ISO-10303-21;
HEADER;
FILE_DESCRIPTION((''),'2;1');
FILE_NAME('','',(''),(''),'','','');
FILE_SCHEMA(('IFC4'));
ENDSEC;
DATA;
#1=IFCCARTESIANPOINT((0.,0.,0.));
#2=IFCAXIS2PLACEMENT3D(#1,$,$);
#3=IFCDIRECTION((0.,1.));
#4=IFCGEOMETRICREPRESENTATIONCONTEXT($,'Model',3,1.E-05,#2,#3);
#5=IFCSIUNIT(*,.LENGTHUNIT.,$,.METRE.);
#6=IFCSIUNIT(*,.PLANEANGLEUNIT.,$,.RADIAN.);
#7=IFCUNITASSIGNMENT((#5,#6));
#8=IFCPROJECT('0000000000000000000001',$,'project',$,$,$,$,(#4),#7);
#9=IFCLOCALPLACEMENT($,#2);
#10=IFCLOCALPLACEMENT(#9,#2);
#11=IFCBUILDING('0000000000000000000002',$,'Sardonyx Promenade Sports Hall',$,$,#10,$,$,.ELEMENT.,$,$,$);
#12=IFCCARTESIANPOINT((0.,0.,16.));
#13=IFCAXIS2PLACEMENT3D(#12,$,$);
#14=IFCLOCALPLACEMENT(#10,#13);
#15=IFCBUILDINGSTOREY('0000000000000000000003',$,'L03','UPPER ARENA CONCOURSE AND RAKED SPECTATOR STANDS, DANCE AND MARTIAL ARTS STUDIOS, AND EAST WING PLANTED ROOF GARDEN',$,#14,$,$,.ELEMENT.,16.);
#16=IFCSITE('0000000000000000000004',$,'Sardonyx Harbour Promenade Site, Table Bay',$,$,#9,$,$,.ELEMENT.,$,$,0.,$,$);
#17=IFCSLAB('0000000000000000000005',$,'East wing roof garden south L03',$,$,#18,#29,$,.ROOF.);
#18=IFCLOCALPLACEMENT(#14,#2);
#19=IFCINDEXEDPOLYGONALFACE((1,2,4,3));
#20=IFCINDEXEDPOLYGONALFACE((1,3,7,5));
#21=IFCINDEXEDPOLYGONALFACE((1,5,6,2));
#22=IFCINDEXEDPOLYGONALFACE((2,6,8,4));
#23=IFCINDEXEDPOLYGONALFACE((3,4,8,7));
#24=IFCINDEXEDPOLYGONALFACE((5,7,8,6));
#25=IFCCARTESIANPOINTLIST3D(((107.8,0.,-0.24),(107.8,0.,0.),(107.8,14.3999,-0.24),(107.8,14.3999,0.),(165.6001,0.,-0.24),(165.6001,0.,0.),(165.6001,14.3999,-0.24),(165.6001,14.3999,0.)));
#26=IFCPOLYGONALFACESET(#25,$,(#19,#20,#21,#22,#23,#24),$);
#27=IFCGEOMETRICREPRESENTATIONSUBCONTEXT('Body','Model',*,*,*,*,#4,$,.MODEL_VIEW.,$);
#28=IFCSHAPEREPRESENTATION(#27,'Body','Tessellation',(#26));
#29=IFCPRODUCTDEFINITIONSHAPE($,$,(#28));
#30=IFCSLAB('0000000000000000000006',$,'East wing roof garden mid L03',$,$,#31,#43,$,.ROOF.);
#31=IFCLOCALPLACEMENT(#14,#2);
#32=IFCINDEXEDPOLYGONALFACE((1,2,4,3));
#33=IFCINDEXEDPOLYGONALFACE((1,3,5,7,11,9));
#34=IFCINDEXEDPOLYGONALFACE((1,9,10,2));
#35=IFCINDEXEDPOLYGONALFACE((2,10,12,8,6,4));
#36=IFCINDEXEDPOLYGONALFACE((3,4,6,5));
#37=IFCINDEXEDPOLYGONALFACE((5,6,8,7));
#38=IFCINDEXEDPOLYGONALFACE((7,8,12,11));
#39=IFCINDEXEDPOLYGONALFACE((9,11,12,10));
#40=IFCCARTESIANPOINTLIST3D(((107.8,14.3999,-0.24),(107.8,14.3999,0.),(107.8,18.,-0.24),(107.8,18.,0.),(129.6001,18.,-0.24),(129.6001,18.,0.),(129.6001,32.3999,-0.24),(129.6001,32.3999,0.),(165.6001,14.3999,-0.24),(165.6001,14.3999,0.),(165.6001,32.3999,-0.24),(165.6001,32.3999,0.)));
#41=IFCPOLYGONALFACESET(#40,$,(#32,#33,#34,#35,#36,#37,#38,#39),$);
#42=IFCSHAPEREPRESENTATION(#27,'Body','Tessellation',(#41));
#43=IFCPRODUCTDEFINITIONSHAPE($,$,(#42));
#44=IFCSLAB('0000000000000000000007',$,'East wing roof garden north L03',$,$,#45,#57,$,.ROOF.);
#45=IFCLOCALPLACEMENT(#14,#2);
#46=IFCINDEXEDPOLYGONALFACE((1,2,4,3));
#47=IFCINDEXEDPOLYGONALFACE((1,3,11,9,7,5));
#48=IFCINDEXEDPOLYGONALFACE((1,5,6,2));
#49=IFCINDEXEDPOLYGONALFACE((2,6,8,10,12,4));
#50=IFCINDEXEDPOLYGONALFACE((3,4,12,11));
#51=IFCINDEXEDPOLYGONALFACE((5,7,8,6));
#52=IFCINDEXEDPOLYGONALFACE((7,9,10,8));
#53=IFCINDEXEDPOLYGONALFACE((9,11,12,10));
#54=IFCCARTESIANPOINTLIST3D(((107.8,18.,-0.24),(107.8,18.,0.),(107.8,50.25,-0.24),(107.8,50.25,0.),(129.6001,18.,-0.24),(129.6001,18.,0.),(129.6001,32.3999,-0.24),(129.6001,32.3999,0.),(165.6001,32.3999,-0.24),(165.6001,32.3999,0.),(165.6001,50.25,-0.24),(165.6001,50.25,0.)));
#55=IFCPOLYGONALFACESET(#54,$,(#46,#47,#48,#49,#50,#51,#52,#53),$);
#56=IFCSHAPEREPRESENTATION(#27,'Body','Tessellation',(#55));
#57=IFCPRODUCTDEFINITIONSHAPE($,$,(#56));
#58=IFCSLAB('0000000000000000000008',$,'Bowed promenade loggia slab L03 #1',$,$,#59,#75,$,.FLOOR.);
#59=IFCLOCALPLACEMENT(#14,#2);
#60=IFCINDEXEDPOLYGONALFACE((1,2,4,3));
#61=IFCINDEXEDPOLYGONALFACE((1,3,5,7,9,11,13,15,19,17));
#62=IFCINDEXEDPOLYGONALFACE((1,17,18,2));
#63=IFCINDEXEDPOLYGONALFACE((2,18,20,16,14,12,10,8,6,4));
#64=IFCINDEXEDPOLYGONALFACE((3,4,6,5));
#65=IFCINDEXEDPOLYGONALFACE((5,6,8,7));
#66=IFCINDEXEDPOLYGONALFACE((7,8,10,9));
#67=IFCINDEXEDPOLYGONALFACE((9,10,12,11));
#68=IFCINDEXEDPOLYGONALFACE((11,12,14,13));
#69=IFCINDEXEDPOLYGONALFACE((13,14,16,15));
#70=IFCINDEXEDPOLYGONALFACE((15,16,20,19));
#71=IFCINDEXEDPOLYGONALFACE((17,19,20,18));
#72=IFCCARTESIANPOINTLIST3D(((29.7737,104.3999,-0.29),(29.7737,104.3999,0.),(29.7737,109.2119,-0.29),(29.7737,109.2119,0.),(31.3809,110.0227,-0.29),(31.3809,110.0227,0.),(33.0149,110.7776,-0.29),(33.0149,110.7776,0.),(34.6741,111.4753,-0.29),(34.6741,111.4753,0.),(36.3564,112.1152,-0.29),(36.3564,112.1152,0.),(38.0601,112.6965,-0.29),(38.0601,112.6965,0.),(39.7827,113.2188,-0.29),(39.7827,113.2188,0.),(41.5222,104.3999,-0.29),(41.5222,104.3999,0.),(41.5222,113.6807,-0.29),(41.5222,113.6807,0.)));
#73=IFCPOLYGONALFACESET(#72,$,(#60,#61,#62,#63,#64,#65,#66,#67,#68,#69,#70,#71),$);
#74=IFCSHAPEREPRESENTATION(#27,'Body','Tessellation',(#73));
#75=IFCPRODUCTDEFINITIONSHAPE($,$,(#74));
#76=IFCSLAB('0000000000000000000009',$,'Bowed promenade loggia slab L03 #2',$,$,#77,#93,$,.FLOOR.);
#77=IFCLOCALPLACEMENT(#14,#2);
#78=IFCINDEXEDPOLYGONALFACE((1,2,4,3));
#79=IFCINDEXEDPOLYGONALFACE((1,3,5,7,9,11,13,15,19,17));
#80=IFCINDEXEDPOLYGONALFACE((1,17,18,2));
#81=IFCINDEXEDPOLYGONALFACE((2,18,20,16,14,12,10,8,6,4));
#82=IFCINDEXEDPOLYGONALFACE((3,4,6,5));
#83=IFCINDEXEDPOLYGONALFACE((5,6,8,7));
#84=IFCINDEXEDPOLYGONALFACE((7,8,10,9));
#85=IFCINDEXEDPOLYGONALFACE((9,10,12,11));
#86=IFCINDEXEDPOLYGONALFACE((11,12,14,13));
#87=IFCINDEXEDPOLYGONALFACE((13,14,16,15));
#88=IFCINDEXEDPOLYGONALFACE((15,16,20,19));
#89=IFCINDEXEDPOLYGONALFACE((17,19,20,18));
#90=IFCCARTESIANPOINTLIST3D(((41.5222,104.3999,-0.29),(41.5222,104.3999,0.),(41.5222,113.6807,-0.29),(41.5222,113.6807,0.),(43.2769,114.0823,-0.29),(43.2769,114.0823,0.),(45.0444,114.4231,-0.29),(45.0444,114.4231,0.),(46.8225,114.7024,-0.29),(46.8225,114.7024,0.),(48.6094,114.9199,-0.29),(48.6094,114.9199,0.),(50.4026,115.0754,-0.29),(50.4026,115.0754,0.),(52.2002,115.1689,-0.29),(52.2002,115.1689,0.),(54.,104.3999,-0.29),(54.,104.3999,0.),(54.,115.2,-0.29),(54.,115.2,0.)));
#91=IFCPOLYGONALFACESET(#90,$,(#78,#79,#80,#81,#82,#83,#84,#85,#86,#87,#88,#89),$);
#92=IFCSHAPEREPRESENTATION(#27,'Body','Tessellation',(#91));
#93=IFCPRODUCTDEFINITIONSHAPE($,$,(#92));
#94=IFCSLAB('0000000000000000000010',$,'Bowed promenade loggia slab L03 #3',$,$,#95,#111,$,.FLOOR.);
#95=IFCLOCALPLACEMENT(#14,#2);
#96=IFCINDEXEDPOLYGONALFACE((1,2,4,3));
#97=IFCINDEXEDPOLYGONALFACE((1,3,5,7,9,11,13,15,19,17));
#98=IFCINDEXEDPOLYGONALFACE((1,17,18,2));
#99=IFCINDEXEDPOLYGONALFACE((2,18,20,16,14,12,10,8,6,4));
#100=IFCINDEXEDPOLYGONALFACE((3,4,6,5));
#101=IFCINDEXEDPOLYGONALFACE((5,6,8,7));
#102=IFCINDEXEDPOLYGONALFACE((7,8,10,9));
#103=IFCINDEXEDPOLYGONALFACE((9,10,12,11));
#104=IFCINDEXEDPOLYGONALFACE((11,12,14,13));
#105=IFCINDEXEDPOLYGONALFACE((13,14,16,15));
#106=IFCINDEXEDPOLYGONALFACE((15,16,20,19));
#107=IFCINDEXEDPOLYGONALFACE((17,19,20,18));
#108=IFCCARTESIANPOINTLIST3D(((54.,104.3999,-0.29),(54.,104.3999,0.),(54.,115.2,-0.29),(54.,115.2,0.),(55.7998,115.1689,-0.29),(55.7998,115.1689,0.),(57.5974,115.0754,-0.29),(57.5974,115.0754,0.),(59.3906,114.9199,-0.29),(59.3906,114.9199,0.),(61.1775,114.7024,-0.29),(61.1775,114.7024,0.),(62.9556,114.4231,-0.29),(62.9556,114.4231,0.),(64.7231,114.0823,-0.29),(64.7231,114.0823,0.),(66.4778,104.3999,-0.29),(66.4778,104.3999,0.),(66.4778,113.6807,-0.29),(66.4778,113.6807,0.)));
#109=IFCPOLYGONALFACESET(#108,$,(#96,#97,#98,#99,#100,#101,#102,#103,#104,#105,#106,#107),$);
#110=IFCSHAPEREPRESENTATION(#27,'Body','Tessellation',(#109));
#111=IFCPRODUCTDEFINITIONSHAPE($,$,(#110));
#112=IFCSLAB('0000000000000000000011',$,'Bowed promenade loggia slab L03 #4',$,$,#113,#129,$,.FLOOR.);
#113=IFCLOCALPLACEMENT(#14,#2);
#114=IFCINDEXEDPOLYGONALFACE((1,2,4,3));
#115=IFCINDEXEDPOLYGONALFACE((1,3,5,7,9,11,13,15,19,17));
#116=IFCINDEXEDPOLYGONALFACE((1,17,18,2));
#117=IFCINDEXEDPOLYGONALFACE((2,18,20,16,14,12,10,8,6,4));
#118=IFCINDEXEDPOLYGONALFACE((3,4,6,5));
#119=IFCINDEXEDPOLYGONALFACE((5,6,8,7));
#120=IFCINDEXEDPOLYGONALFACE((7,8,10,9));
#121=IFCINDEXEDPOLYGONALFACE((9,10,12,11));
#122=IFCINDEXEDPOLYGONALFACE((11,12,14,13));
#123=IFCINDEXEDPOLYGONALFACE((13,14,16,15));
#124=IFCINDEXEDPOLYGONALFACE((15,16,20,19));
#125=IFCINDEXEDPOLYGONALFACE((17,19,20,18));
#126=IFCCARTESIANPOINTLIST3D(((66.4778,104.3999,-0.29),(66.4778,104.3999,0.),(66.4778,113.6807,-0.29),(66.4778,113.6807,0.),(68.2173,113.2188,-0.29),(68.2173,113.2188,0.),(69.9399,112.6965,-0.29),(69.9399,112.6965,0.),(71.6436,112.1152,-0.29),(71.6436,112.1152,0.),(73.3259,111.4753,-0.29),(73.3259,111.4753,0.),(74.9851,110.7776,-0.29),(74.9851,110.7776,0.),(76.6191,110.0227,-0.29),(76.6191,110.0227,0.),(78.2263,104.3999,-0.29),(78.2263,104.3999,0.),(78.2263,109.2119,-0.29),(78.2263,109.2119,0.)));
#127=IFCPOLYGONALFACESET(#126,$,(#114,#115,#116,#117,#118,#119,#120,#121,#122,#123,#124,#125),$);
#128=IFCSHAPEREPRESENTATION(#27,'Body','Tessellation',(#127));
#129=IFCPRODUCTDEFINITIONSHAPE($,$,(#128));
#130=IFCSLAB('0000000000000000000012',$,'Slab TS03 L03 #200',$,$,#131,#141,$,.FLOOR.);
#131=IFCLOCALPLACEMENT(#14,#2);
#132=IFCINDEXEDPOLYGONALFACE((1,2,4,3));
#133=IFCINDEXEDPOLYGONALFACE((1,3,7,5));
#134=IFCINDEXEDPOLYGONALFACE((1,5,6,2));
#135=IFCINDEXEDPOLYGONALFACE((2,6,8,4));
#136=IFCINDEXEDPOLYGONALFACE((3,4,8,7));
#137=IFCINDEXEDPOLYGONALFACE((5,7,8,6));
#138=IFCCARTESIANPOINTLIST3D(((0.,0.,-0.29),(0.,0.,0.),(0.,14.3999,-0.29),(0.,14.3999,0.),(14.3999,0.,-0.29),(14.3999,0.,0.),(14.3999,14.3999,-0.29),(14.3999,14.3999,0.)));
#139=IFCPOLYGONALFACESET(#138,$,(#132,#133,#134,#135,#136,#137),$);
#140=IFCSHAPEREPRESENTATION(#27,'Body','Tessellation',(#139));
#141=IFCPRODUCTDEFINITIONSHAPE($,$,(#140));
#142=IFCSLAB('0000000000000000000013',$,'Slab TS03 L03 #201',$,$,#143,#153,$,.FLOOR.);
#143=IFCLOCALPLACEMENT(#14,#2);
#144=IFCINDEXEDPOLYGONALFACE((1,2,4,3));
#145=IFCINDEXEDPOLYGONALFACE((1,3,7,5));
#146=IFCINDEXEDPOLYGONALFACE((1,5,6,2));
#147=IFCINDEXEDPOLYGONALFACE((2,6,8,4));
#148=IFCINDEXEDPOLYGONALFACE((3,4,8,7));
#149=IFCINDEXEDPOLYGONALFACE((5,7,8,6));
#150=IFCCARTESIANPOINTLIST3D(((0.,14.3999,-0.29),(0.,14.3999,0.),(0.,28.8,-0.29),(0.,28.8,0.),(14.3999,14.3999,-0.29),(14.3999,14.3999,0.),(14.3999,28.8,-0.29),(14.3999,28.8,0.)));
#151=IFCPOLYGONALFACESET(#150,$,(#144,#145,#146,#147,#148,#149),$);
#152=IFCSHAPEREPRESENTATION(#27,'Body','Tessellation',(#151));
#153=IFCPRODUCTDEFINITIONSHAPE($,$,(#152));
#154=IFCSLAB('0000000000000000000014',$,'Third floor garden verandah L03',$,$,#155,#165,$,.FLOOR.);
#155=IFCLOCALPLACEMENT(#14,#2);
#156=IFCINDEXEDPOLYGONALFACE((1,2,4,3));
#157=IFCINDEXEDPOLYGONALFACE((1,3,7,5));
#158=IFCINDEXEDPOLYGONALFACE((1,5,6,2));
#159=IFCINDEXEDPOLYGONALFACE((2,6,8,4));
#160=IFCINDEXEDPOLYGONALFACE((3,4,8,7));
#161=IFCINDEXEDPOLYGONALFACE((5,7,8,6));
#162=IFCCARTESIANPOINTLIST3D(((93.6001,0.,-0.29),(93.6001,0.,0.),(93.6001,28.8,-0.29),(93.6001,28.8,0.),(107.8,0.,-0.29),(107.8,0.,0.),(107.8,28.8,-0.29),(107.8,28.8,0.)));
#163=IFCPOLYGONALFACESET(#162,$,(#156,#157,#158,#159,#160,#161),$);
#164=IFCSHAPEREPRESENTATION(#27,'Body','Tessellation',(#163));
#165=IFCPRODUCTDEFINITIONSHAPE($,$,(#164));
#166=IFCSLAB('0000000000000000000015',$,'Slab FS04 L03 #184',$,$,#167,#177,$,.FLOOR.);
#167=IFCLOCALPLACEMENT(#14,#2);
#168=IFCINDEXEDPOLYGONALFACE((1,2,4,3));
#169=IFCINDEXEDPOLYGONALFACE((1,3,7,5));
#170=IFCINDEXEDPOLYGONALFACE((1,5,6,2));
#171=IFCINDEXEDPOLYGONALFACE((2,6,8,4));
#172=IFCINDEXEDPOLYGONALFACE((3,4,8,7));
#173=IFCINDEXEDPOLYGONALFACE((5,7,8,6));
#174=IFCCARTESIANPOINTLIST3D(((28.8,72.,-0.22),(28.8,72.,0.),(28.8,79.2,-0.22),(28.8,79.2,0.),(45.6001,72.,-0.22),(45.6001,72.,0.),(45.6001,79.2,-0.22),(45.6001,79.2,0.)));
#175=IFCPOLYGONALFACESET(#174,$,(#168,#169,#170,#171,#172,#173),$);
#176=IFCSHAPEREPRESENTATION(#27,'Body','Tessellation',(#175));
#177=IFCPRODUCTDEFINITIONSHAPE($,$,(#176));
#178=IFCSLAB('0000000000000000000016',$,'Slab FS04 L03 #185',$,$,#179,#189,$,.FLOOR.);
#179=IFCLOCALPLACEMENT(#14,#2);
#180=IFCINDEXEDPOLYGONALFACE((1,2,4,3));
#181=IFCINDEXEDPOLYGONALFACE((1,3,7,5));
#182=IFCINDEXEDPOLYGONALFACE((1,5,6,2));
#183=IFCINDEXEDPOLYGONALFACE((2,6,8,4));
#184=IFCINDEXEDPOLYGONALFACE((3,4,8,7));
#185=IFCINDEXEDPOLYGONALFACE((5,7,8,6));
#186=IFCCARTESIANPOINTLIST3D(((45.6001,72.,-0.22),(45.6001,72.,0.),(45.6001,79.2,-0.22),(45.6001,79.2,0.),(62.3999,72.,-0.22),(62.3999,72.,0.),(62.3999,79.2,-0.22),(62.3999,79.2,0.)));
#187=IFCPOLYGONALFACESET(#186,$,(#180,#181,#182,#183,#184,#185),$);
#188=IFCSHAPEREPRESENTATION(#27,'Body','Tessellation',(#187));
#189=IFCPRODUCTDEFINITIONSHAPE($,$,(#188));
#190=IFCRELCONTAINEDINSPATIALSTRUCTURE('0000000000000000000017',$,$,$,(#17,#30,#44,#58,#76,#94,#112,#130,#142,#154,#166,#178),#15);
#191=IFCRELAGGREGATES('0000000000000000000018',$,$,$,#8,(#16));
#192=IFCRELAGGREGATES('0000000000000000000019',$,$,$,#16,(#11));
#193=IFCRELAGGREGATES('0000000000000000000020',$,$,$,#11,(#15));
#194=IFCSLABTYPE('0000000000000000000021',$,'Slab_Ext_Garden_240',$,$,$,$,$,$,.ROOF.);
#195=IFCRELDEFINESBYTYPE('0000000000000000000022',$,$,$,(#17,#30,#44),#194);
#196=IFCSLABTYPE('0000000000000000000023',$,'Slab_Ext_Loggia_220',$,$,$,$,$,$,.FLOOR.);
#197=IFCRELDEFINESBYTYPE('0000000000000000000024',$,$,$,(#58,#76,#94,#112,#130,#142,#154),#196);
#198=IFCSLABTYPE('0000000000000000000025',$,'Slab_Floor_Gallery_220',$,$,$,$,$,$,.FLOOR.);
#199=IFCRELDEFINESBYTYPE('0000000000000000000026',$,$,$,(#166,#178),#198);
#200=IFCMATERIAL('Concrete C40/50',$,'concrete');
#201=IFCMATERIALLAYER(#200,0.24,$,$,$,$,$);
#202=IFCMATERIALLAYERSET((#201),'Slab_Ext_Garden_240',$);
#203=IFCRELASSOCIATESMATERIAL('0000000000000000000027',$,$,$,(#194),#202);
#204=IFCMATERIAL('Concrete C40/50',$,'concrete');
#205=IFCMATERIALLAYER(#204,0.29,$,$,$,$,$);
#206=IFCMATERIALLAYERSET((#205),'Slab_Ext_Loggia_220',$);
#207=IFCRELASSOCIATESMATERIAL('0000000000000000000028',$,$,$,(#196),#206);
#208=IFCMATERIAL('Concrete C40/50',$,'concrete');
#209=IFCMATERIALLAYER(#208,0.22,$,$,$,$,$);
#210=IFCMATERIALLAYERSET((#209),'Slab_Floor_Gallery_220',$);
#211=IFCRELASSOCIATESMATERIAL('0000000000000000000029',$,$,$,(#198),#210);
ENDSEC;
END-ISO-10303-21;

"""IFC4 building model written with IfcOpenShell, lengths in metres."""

from ifc_helpers import new_model, si_unit, direction, frame, origin, place, context, subcontext, project, spatial, polyline, outline, extrude, material, layer, layer_set, type_object, element, save


model = new_model("IFC4")

# Units and contexts
model_context = context("Model", 3, precision=1e-05, world=origin(), true_north=direction((0.0, 1.0)))
body_context = subcontext(model_context, "Body", "Model", "MODEL_VIEW")
ifc_project = project(units=[si_unit("LENGTHUNIT", "METRE"), si_unit("PLANEANGLEUNIT", "RADIAN")], contexts=[model_context])

# Site, building, storey
site_placement = place(None, origin())
site = spatial("IfcSite", under=ifc_project, at=site_placement, Name="Sardonyx Harbour Promenade Site, Table Bay", CompositionType="ELEMENT", RefElevation=0.0)
building_placement = place(site_placement, origin())
building = spatial("IfcBuilding", under=site, at=building_placement, Name="Sardonyx Promenade Sports Hall", CompositionType="ELEMENT")
storey_placement = place(building_placement, frame((0.0, 0.0, 16.0)))
storey = spatial("IfcBuildingStorey", under=building, at=storey_placement, Name="L03", Description="UPPER ARENA CONCOURSE AND RAKED SPECTATOR STANDS, DANCE AND MARTIAL ARTS STUDIOS, AND EAST WING PLANTED ROOF GARDEN", CompositionType="ELEMENT", Elevation=16.0)

# Slabs
ifc_material_1 = material(Name="Concrete C40/50", Category="concrete")
ifc_layer_1 = layer(ifc_material_1, 0.24)
ifc_layer_set_1 = layer_set([ifc_layer_1], Name="Slab_Ext_Garden_240")
slab_type_1 = type_object("IfcSlabType", Name="Slab_Ext_Garden_240", PredefinedType="ROOF", material=ifc_layer_set_1)
slab_1_placement = place(storey_placement, frame((0.0, 0.0, -0.24)))
element("IfcSlab", 1, at=slab_1_placement, inside=storey, type_object=slab_type_1, Name="East wing roof garden south L03", PredefinedType="ROOF", context=body_context, shape_type="SweptSolid", body=[
    extrude(outline(polyline([(107.8, 0.0), (165.6001, 0.0), (165.6001, 14.3999), (107.8, 14.3999), (107.8, 0.0)])), origin(), (0.0, 0.0, 1.0), 0.24),
])
slab_2_placement = place(storey_placement, frame((0.0, 0.0, -0.24)))
element("IfcSlab", 2, at=slab_2_placement, inside=storey, type_object=slab_type_1, Name="East wing roof garden mid L03", PredefinedType="ROOF", context=body_context, shape_type="SweptSolid", body=[
    extrude(outline(polyline([(107.8, 14.3999), (165.6001, 14.3999), (165.6001, 32.3999), (129.6001, 32.3999), (129.6001, 18.0), (107.8, 18.0), (107.8, 14.3999)])), origin(), (0.0, 0.0, 1.0), 0.24),
])
slab_3_placement = place(storey_placement, frame((0.0, 0.0, -0.24)))
element("IfcSlab", 3, at=slab_3_placement, inside=storey, type_object=slab_type_1, Name="East wing roof garden north L03", PredefinedType="ROOF", context=body_context, shape_type="SweptSolid", body=[
    extrude(outline(polyline([(107.8, 18.0), (129.6001, 18.0), (129.6001, 32.3999), (165.6001, 32.3999), (165.6001, 50.25), (107.8, 50.25), (107.8, 18.0)])), origin(), (0.0, 0.0, 1.0), 0.24),
])
ifc_material_2 = material(Name="Concrete C40/50", Category="concrete")
ifc_layer_2 = layer(ifc_material_2, 0.29)
ifc_layer_set_2 = layer_set([ifc_layer_2], Name="Slab_Ext_Loggia_220")
slab_type_2 = type_object("IfcSlabType", Name="Slab_Ext_Loggia_220", PredefinedType="FLOOR", material=ifc_layer_set_2)
slab_4_placement = place(storey_placement, frame((0.0, 0.0, -0.29)))
element("IfcSlab", 4, at=slab_4_placement, inside=storey, type_object=slab_type_2, Name="Bowed promenade loggia slab L03 #1", PredefinedType="FLOOR", context=body_context, shape_type="SweptSolid", body=[
    extrude(outline(polyline([(29.7737, 104.3999), (41.5222, 104.3999), (41.5222, 113.6807), (39.7827, 113.2188), (38.0601, 112.6965), (36.3564, 112.1152), (34.6741, 111.4753), (33.0149, 110.7776), (31.3809, 110.0227), (29.7737, 109.2119), (29.7737, 104.3999)])), origin(), (0.0, 0.0, 1.0), 0.29),
])
slab_5_placement = place(storey_placement, frame((0.0, 0.0, -0.29)))
element("IfcSlab", 5, at=slab_5_placement, inside=storey, type_object=slab_type_2, Name="Bowed promenade loggia slab L03 #2", PredefinedType="FLOOR", context=body_context, shape_type="SweptSolid", body=[
    extrude(outline(polyline([(41.5222, 104.3999), (54.0, 104.3999), (54.0, 115.2), (52.2002, 115.1689), (50.4026, 115.0754), (48.6094, 114.9199), (46.8225, 114.7024), (45.0444, 114.4231), (43.2769, 114.0823), (41.5222, 113.6807), (41.5222, 104.3999)])), origin(), (0.0, 0.0, 1.0), 0.29),
])
slab_6_placement = place(storey_placement, frame((0.0, 0.0, -0.29)))
element("IfcSlab", 6, at=slab_6_placement, inside=storey, type_object=slab_type_2, Name="Bowed promenade loggia slab L03 #3", PredefinedType="FLOOR", context=body_context, shape_type="SweptSolid", body=[
    extrude(outline(polyline([(54.0, 104.3999), (66.4778, 104.3999), (66.4778, 113.6807), (64.7231, 114.0823), (62.9556, 114.4231), (61.1775, 114.7024), (59.3906, 114.9199), (57.5974, 115.0754), (55.7998, 115.1689), (54.0, 115.2), (54.0, 104.3999)])), origin(), (0.0, 0.0, 1.0), 0.29),
])
slab_7_placement = place(storey_placement, frame((0.0, 0.0, -0.29)))
element("IfcSlab", 7, at=slab_7_placement, inside=storey, type_object=slab_type_2, Name="Bowed promenade loggia slab L03 #4", PredefinedType="FLOOR", context=body_context, shape_type="SweptSolid", body=[
    extrude(outline(polyline([(66.4778, 104.3999), (78.2263, 104.3999), (78.2263, 109.2119), (76.6191, 110.0227), (74.9851, 110.7776), (73.3259, 111.4753), (71.6436, 112.1152), (69.9399, 112.6965), (68.2173, 113.2188), (66.4778, 113.6807), (66.4778, 104.3999)])), origin(), (0.0, 0.0, 1.0), 0.29),
])
slab_8_placement = place(storey_placement, frame((0.0, 0.0, -0.29)))
element("IfcSlab", 8, at=slab_8_placement, inside=storey, type_object=slab_type_2, Name="Slab TS03 L03 #200", PredefinedType="FLOOR", context=body_context, shape_type="SweptSolid", body=[
    extrude(outline(polyline([(0.0, 0.0), (14.3999, 0.0), (14.3999, 14.3999), (0.0, 14.3999), (0.0, 0.0)])), origin(), (0.0, 0.0, 1.0), 0.29),
])
slab_9_placement = place(storey_placement, frame((0.0, 0.0, -0.29)))
element("IfcSlab", 9, at=slab_9_placement, inside=storey, type_object=slab_type_2, Name="Slab TS03 L03 #201", PredefinedType="FLOOR", context=body_context, shape_type="SweptSolid", body=[
    extrude(outline(polyline([(0.0, 14.3999), (14.3999, 14.3999), (14.3999, 28.8), (0.0, 28.8), (0.0, 14.3999)])), origin(), (0.0, 0.0, 1.0), 0.29),
])
slab_10_placement = place(storey_placement, frame((0.0, 0.0, -0.29)))
element("IfcSlab", 10, at=slab_10_placement, inside=storey, type_object=slab_type_2, Name="Third floor garden verandah L03", PredefinedType="FLOOR", context=body_context, shape_type="SweptSolid", body=[
    extrude(outline(polyline([(93.6001, 0.0), (107.8, 0.0), (107.8, 28.8), (93.6001, 28.8), (93.6001, 0.0)])), origin(), (0.0, 0.0, 1.0), 0.29),
])
ifc_material_3 = material(Name="Concrete C40/50", Category="concrete")
ifc_layer_3 = layer(ifc_material_3, 0.22)
ifc_layer_set_3 = layer_set([ifc_layer_3], Name="Slab_Floor_Gallery_220")
slab_type_3 = type_object("IfcSlabType", Name="Slab_Floor_Gallery_220", PredefinedType="FLOOR", material=ifc_layer_set_3)
slab_11_placement = place(storey_placement, frame((0.0, 0.0, -0.22)))
element("IfcSlab", 11, at=slab_11_placement, inside=storey, type_object=slab_type_3, Name="Slab FS04 L03 #184", PredefinedType="FLOOR", context=body_context, shape_type="SweptSolid", body=[
    extrude(outline(polyline([(28.8, 72.0), (45.6001, 72.0), (45.6001, 79.2), (28.8, 79.2), (28.8, 72.0)])), origin(), (0.0, 0.0, 1.0), 0.22),
])
slab_12_placement = place(storey_placement, frame((0.0, 0.0, -0.22)))
element("IfcSlab", 12, at=slab_12_placement, inside=storey, type_object=slab_type_3, Name="Slab FS04 L03 #185", PredefinedType="FLOOR", context=body_context, shape_type="SweptSolid", body=[
    extrude(outline(polyline([(45.6001, 72.0), (62.3999, 72.0), (62.3999, 79.2), (45.6001, 79.2), (45.6001, 72.0)])), origin(), (0.0, 0.0, 1.0), 0.22),
])

save(model, "model.ifc")
